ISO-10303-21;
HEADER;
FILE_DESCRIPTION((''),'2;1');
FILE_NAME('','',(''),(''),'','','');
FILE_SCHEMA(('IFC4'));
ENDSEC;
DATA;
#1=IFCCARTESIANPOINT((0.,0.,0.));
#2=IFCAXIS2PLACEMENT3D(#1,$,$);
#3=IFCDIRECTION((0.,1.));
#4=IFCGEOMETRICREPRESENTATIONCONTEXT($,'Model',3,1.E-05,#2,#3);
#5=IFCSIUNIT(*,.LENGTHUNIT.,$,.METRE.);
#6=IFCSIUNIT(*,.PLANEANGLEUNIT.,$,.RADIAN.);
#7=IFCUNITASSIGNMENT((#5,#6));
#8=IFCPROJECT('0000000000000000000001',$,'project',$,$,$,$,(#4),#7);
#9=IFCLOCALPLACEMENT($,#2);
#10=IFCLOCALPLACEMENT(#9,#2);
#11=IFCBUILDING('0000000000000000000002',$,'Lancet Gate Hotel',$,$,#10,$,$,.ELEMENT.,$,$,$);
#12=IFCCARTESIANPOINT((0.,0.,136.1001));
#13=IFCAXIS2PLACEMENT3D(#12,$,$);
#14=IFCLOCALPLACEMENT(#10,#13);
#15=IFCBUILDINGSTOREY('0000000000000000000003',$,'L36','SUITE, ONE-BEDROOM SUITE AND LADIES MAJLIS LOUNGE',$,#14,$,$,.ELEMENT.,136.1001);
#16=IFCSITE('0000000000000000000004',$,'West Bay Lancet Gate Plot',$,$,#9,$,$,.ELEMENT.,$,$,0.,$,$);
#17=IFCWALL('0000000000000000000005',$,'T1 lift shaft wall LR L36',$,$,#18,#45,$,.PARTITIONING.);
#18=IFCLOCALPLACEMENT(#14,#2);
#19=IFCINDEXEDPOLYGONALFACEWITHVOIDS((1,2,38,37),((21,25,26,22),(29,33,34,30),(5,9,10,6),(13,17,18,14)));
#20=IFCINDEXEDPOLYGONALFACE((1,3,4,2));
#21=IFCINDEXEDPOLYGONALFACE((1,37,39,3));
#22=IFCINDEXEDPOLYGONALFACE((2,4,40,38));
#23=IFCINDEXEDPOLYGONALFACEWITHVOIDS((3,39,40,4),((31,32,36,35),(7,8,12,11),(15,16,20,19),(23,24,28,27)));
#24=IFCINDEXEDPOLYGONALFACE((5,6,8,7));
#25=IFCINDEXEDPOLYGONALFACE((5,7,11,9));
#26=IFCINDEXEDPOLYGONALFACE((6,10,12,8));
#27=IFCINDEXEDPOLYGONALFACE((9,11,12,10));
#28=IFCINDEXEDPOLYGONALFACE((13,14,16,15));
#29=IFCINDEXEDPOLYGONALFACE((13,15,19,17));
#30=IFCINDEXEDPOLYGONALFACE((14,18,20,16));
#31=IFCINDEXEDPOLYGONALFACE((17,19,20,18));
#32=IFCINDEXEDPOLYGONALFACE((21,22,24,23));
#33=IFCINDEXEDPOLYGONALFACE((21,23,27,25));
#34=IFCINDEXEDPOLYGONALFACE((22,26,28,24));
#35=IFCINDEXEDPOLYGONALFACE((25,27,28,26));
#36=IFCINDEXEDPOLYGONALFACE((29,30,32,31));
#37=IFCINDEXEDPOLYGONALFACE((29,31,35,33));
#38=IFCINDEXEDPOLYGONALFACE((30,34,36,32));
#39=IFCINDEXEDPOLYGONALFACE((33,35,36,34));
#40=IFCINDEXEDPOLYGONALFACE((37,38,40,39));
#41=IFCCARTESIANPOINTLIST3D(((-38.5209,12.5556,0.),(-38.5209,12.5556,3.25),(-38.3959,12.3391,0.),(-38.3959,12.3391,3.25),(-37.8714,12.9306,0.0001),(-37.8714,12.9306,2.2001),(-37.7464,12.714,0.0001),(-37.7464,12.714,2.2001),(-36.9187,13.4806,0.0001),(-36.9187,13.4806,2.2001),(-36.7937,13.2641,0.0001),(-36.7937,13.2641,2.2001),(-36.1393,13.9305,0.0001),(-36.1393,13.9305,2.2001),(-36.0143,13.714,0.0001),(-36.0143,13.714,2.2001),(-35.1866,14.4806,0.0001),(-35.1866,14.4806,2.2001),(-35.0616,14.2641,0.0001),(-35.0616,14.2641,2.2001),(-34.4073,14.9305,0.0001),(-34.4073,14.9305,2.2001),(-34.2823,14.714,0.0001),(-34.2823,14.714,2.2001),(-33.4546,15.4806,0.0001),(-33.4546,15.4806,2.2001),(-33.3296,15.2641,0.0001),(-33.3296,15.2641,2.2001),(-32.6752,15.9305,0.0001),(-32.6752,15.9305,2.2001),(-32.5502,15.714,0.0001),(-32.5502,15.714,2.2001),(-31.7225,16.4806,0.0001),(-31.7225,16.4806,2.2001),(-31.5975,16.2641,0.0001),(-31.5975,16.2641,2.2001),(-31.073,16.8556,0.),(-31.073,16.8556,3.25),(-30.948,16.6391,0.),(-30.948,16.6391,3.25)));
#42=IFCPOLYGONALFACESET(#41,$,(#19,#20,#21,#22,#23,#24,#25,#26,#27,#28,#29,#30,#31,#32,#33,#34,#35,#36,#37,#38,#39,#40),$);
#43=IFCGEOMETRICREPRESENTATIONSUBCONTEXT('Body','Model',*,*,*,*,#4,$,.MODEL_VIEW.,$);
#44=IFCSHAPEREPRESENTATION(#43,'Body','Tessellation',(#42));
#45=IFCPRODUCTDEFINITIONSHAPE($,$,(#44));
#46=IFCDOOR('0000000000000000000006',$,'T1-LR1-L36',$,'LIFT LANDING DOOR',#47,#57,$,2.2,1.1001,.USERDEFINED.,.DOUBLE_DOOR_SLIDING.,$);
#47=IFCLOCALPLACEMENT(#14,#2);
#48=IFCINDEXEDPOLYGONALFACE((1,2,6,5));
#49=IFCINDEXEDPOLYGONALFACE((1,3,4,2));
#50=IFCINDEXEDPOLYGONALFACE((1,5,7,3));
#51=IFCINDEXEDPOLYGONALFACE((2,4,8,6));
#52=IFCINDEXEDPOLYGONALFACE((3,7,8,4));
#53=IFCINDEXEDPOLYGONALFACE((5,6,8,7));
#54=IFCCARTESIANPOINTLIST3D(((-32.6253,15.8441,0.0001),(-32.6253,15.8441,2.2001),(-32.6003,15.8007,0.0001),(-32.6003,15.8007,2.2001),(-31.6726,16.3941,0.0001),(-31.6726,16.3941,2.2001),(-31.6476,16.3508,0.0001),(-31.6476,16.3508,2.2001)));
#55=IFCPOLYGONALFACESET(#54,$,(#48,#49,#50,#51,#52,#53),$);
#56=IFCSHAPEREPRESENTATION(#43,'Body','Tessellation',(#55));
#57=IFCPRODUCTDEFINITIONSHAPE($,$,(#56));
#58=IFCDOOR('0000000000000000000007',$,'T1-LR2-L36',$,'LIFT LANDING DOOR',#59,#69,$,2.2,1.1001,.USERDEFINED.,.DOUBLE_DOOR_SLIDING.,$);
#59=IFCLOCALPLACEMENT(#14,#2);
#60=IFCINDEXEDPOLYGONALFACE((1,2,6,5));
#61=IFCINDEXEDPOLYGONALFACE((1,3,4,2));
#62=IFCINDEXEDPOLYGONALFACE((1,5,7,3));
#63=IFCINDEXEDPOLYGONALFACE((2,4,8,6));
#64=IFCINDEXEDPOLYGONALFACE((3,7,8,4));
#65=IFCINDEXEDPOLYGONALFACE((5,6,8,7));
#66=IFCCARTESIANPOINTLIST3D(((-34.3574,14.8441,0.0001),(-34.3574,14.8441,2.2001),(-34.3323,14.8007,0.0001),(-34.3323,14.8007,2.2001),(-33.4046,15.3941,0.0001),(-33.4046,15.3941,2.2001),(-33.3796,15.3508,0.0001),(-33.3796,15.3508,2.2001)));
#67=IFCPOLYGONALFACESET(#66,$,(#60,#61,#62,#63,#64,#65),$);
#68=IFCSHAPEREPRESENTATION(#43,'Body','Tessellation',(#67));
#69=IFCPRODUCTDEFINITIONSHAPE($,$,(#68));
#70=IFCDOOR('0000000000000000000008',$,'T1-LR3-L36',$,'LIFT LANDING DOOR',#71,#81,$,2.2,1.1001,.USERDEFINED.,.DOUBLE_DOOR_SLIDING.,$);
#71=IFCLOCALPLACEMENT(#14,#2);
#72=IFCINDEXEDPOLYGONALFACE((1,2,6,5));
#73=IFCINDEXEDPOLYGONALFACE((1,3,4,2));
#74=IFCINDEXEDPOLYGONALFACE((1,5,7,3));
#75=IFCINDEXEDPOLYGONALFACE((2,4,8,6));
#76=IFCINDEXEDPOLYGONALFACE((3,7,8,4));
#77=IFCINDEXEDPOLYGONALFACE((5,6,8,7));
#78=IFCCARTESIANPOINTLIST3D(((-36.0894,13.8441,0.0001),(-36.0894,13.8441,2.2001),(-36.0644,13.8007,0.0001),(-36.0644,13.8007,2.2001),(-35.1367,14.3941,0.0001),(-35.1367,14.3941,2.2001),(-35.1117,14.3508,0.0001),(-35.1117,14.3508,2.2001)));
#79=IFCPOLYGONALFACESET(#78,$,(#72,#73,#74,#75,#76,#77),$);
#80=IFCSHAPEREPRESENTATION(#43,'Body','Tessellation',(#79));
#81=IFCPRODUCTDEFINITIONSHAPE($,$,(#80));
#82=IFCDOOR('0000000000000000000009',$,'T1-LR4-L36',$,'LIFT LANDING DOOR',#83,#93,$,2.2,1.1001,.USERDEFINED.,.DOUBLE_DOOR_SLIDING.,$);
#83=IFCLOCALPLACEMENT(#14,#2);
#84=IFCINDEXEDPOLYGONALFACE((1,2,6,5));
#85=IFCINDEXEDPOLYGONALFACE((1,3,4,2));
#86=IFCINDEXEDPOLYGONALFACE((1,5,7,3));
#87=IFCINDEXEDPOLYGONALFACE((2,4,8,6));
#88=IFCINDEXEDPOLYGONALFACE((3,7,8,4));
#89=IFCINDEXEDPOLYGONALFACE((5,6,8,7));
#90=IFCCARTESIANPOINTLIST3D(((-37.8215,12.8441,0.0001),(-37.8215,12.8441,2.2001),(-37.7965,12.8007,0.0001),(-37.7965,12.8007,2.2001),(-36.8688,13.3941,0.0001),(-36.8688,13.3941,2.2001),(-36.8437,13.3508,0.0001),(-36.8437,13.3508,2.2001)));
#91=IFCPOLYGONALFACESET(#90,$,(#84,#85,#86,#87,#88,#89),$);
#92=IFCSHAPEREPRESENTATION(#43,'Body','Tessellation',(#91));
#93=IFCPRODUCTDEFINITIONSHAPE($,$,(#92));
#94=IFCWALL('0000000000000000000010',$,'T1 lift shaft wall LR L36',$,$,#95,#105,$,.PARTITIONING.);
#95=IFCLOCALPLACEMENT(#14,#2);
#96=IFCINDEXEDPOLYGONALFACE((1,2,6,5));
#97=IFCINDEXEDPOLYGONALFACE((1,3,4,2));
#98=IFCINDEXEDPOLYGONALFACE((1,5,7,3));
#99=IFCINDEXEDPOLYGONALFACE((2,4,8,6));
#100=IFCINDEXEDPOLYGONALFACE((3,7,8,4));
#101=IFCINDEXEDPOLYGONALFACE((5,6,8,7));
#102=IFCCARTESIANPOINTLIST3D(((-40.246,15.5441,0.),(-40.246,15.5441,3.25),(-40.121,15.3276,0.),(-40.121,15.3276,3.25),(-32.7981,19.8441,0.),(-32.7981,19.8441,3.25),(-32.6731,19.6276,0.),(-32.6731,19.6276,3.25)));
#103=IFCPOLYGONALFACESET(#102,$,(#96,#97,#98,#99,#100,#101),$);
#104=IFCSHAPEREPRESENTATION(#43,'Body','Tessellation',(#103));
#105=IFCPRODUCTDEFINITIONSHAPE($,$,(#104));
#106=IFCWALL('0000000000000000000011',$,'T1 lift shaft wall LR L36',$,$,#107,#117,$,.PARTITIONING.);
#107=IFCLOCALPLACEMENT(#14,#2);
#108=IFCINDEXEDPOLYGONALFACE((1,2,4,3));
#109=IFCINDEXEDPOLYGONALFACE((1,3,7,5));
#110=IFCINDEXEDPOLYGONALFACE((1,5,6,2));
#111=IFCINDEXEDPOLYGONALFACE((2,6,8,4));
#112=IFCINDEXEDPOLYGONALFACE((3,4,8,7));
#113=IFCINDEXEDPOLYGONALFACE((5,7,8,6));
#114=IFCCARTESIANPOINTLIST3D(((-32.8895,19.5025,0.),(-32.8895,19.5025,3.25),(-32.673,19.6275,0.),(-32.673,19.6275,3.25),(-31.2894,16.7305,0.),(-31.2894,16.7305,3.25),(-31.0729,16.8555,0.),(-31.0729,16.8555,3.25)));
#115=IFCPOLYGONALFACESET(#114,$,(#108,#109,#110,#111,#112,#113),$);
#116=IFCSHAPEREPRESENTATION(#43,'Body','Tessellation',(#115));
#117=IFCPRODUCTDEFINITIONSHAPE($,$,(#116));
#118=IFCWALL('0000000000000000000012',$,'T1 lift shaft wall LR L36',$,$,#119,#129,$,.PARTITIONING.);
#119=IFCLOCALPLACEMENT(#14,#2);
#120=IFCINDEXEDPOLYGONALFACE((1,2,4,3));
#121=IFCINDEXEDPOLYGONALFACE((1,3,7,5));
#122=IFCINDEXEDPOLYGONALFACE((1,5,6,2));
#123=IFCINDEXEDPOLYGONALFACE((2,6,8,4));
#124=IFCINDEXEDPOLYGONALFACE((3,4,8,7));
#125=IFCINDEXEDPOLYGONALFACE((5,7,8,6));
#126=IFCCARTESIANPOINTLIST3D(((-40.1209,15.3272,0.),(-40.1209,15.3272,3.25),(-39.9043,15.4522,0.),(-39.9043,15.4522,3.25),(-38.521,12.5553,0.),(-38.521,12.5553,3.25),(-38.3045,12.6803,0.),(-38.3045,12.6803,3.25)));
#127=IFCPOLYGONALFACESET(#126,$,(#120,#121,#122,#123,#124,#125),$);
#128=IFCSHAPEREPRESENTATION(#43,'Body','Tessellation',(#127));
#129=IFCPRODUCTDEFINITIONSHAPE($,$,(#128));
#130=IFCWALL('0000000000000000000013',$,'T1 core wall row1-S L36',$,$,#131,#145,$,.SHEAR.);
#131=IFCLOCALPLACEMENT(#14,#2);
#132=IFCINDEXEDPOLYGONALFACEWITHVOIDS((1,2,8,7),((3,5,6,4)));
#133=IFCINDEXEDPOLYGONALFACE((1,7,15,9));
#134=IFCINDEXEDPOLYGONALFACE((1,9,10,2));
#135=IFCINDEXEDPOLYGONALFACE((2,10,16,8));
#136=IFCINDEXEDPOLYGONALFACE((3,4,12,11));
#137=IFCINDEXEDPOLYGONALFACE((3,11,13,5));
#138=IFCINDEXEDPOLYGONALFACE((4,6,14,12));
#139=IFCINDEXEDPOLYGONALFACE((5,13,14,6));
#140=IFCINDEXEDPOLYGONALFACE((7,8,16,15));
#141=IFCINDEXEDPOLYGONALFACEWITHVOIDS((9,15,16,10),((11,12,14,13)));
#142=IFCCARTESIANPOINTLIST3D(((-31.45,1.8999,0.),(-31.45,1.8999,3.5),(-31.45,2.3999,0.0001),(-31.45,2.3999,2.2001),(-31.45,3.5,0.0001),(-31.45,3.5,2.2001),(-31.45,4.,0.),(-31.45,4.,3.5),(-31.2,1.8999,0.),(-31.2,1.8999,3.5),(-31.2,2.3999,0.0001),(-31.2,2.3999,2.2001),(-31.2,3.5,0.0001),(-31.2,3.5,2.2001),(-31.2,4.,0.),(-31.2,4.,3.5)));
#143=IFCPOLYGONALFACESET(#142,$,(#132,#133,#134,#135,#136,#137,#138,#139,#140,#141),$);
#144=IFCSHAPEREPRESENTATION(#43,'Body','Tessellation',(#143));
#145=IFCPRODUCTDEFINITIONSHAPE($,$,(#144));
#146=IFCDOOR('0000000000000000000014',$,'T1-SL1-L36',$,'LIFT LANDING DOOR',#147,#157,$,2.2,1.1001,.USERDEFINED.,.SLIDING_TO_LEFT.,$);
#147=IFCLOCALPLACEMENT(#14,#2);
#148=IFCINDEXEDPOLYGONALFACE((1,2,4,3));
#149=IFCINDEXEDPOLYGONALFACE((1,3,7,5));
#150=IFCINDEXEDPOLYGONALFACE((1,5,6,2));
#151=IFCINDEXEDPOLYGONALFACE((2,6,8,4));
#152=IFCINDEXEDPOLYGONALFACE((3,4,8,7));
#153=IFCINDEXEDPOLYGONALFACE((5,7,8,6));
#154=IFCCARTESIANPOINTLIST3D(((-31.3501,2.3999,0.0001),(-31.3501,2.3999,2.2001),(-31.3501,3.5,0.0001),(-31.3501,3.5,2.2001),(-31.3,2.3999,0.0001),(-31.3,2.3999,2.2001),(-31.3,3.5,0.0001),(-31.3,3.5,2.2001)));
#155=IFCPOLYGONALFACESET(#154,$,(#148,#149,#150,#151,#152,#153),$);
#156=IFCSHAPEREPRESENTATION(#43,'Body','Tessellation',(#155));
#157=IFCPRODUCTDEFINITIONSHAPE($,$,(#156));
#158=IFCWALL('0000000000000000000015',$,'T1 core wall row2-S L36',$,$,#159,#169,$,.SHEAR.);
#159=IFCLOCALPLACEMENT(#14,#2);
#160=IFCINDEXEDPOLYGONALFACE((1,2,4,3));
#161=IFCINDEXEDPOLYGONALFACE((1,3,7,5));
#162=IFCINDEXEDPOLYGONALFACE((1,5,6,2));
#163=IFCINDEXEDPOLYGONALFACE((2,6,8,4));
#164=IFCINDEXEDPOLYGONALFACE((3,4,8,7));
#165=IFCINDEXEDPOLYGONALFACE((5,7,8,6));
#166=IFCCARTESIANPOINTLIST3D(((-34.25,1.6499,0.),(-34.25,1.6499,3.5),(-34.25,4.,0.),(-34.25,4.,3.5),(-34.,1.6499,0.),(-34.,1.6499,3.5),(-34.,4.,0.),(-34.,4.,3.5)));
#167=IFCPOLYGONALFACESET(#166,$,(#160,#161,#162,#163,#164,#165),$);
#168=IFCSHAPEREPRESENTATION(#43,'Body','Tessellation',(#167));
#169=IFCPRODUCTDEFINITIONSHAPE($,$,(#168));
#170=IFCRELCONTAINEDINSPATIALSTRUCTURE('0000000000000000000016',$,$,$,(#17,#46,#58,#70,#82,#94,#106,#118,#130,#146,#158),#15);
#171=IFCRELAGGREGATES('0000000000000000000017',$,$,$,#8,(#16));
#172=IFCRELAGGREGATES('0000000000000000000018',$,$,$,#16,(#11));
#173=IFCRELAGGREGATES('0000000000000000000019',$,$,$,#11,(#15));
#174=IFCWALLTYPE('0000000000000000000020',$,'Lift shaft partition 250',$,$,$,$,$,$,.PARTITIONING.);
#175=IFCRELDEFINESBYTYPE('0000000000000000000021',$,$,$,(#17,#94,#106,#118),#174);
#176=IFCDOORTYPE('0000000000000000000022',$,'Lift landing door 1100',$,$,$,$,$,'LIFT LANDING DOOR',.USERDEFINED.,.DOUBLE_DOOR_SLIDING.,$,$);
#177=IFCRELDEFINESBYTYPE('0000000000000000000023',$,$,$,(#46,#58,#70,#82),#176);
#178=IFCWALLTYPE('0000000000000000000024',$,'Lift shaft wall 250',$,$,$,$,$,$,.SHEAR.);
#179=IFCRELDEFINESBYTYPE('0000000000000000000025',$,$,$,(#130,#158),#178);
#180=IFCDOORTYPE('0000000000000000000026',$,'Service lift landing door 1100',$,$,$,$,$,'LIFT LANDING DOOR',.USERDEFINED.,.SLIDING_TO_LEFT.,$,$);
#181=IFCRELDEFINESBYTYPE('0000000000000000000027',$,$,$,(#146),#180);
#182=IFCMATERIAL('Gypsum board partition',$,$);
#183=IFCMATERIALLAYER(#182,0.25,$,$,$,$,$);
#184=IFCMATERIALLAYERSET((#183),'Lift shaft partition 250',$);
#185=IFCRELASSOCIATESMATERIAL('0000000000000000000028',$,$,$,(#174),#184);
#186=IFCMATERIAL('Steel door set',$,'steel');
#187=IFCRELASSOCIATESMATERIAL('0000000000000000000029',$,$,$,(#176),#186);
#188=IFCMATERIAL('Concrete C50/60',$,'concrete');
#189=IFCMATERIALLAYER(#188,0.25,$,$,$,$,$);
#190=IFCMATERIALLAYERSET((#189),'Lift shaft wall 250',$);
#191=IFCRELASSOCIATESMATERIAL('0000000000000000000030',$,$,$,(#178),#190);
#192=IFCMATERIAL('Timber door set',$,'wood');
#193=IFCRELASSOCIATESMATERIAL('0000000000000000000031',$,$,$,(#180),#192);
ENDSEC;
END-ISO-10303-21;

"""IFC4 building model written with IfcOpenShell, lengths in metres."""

from ifc_helpers import new_model, si_unit, direction, frame, frame_2d, origin, place, context, subcontext, project, spatial, rectangle, extrude, material, layer, layer_set, type_object, element, fill, save


model = new_model("IFC4")

# Units and contexts
model_context = context("Model", 3, precision=1e-05, world=origin(), true_north=direction((0.0, 1.0)))
body_context = subcontext(model_context, "Body", "Model", "MODEL_VIEW")
ifc_project = project(units=[si_unit("LENGTHUNIT", "METRE"), si_unit("PLANEANGLEUNIT", "RADIAN")], contexts=[model_context])

# Site, building, storey
site_placement = place(None, origin())
site = spatial("IfcSite", under=ifc_project, at=site_placement, Name="West Bay Lancet Gate Plot", CompositionType="ELEMENT", RefElevation=0.0)
building_placement = place(site_placement, origin())
building = spatial("IfcBuilding", under=site, at=building_placement, Name="Lancet Gate Hotel", CompositionType="ELEMENT")
storey_placement = place(building_placement, frame((0.0, 0.0, 136.1001)))
storey = spatial("IfcBuildingStorey", under=building, at=storey_placement, Name="L36", Description="SUITE, ONE-BEDROOM SUITE AND LADIES MAJLIS LOUNGE", CompositionType="ELEMENT", Elevation=136.1001)

# Wall, openings, doors
ifc_material_1 = material(Name="Gypsum board partition")
ifc_layer_1 = layer(ifc_material_1, 0.25)
ifc_layer_set_1 = layer_set([ifc_layer_1], Name="Lift shaft partition 250")
wall_type_1 = type_object("IfcWallType", Name="Lift shaft partition 250", PredefinedType="PARTITIONING", material=ifc_layer_set_1)
wall_1_placement = place(storey_placement, frame((-31.0105, 16.7473, 0.0), z_axis=(0.0, 0.0, 1.0), x_axis=(-0.866028, -0.499995, 0.0)))
wall_1 = element("IfcWall", 1, at=wall_1_placement, inside=storey, type_object=wall_type_1, Name="T1 lift shaft wall LR L36", PredefinedType="PARTITIONING", context=body_context, shape_type="SweptSolid", body=[
    extrude(rectangle(XDim=8.6001, YDim=0.25, at=frame_2d((4.3, 0.0))), origin(), (0.0, 0.0, 1.0), 3.25),
])
opening_1_placement = place(wall_1_placement, frame((0.75, 0.0, 0.0)))
opening_1 = element("IfcOpeningElement", 2, at=opening_1_placement, cuts=wall_1, PredefinedType="OPENING", context=body_context, shape_type="SweptSolid", body=[
    extrude(rectangle(XDim=1.1001, YDim=2.2, at=frame_2d((0.55, 1.1001))), frame((0.0, 0.135, 0.0), z_axis=(0.0, -1.0, 0.0), x_axis=(1.0, 0.0, 0.0)), (0.0, 0.0, 1.0), 0.27),
])
opening_2_placement = place(wall_1_placement, frame((2.75, 0.0, 0.0)))
opening_2 = element("IfcOpeningElement", 3, at=opening_2_placement, cuts=wall_1, PredefinedType="OPENING", context=body_context, shape_type="SweptSolid", body=[
    extrude(rectangle(XDim=1.1001, YDim=2.2, at=frame_2d((0.55, 1.1001))), frame((0.0, 0.135, 0.0), z_axis=(0.0, -1.0, 0.0), x_axis=(1.0, 0.0, 0.0)), (0.0, 0.0, 1.0), 0.27),
])
opening_3_placement = place(wall_1_placement, frame((4.75, 0.0, 0.0)))
opening_3 = element("IfcOpeningElement", 4, at=opening_3_placement, cuts=wall_1, PredefinedType="OPENING", context=body_context, shape_type="SweptSolid", body=[
    extrude(rectangle(XDim=1.1001, YDim=2.2, at=frame_2d((0.55, 1.1001))), frame((0.0, 0.135, 0.0), z_axis=(0.0, -1.0, 0.0), x_axis=(1.0, 0.0, 0.0)), (0.0, 0.0, 1.0), 0.27),
])
opening_4_placement = place(wall_1_placement, frame((6.75, 0.0, 0.0)))
opening_4 = element("IfcOpeningElement", 5, at=opening_4_placement, cuts=wall_1, PredefinedType="OPENING", context=body_context, shape_type="SweptSolid", body=[
    extrude(rectangle(XDim=1.1001, YDim=2.2, at=frame_2d((0.55, 1.1001))), frame((0.0, 0.135, 0.0), z_axis=(0.0, -1.0, 0.0), x_axis=(1.0, 0.0, 0.0)), (0.0, 0.0, 1.0), 0.27),
])
ifc_material_2 = material(Name="Steel door set", Category="steel")
door_type_1 = type_object("IfcDoorType", Name="Lift landing door 1100", ElementType="LIFT LANDING DOOR", OperationType="DOUBLE_DOOR_SLIDING", PredefinedType="USERDEFINED", material=ifc_material_2)
door_1_placement = place(opening_1_placement, origin())
door_1 = element("IfcDoor", 6, at=door_1_placement, inside=storey, type_object=door_type_1, Name="T1-LR1-L36", ObjectType="LIFT LANDING DOOR", OperationType="DOUBLE_DOOR_SLIDING", OverallHeight=2.2, OverallWidth=1.1001, PredefinedType="USERDEFINED", context=body_context, shape_type="SweptSolid", body=[
    extrude(rectangle(XDim=1.1001, YDim=2.2, at=frame_2d((0.55, 1.1001))), frame((0.0, 0.0249, 0.0), z_axis=(0.0, -1.0, 0.0), x_axis=(1.0, 0.0, 0.0)), (0.0, 0.0, 1.0), 0.05),
])
fill(opening_1, door_1)
door_2_placement = place(opening_2_placement, origin())
door_2 = element("IfcDoor", 7, at=door_2_placement, inside=storey, type_object=door_type_1, Name="T1-LR2-L36", ObjectType="LIFT LANDING DOOR", OperationType="DOUBLE_DOOR_SLIDING", OverallHeight=2.2, OverallWidth=1.1001, PredefinedType="USERDEFINED", context=body_context, shape_type="SweptSolid", body=[
    extrude(rectangle(XDim=1.1001, YDim=2.2, at=frame_2d((0.55, 1.1001))), frame((0.0, 0.0249, 0.0), z_axis=(0.0, -1.0, 0.0), x_axis=(1.0, 0.0, 0.0)), (0.0, 0.0, 1.0), 0.05),
])
fill(opening_2, door_2)
door_3_placement = place(opening_3_placement, origin())
door_3 = element("IfcDoor", 8, at=door_3_placement, inside=storey, type_object=door_type_1, Name="T1-LR3-L36", ObjectType="LIFT LANDING DOOR", OperationType="DOUBLE_DOOR_SLIDING", OverallHeight=2.2, OverallWidth=1.1001, PredefinedType="USERDEFINED", context=body_context, shape_type="SweptSolid", body=[
    extrude(rectangle(XDim=1.1001, YDim=2.2, at=frame_2d((0.55, 1.1001))), frame((0.0, 0.0249, 0.0), z_axis=(0.0, -1.0, 0.0), x_axis=(1.0, 0.0, 0.0)), (0.0, 0.0, 1.0), 0.05),
])
fill(opening_3, door_3)
door_4_placement = place(opening_4_placement, origin())
door_4 = element("IfcDoor", 9, at=door_4_placement, inside=storey, type_object=door_type_1, Name="T1-LR4-L36", ObjectType="LIFT LANDING DOOR", OperationType="DOUBLE_DOOR_SLIDING", OverallHeight=2.2, OverallWidth=1.1001, PredefinedType="USERDEFINED", context=body_context, shape_type="SweptSolid", body=[
    extrude(rectangle(XDim=1.1001, YDim=2.2, at=frame_2d((0.55, 1.1001))), frame((0.0, 0.0249, 0.0), z_axis=(0.0, -1.0, 0.0), x_axis=(1.0, 0.0, 0.0)), (0.0, 0.0, 1.0), 0.05),
])
fill(opening_4, door_4)

# Walls
wall_2_placement = place(storey_placement, frame((-32.7356, 19.7358, 0.0), z_axis=(0.0, 0.0, 1.0), x_axis=(-0.866028, -0.499995, 0.0)))
element("IfcWall", 10, at=wall_2_placement, inside=storey, type_object=wall_type_1, Name="T1 lift shaft wall LR L36", PredefinedType="PARTITIONING", context=body_context, shape_type="SweptSolid", body=[
    extrude(rectangle(XDim=8.6001, YDim=0.25, at=frame_2d((4.3, 0.0))), origin(), (0.0, 0.0, 1.0), 3.25),
])
wall_3_placement = place(storey_placement, frame((-31.1812, 16.793, 0.0), z_axis=(0.0, 0.0, 1.0), x_axis=(-0.499929, 0.866066, 0.0)))
element("IfcWall", 11, at=wall_3_placement, inside=storey, type_object=wall_type_1, Name="T1 lift shaft wall LR L36", PredefinedType="PARTITIONING", context=body_context, shape_type="SweptSolid", body=[
    extrude(rectangle(XDim=3.2007, YDim=0.25, at=frame_2d((1.6003, 0.0))), origin(), (0.0, 0.0, 1.0), 3.25),
])
wall_4_placement = place(storey_placement, frame((-38.4128, 12.6179, 0.0), z_axis=(0.0, 0.0, 1.0), x_axis=(-0.499872, 0.866099, 0.0)))
element("IfcWall", 12, at=wall_4_placement, inside=storey, type_object=wall_type_1, Name="T1 lift shaft wall LR L36", PredefinedType="PARTITIONING", context=body_context, shape_type="SweptSolid", body=[
    extrude(rectangle(XDim=3.2004, YDim=0.25, at=frame_2d((1.6001, 0.0))), origin(), (0.0, 0.0, 1.0), 3.25),
])

# Wall, opening, door
ifc_material_3 = material(Name="Concrete C50/60", Category="concrete")
ifc_layer_2 = layer(ifc_material_3, 0.25)
ifc_layer_set_2 = layer_set([ifc_layer_2], Name="Lift shaft wall 250")
wall_type_2 = type_object("IfcWallType", Name="Lift shaft wall 250", PredefinedType="SHEAR", material=ifc_layer_set_2)
wall_5_placement = place(storey_placement, frame((-31.325, 4.0, 0.0), z_axis=(0.0, 0.0, 1.0), x_axis=(0.0, -1.0, 0.0)))
wall_5 = element("IfcWall", 13, at=wall_5_placement, inside=storey, type_object=wall_type_2, Name="T1 core wall row1-S L36", PredefinedType="SHEAR", context=body_context, shape_type="SweptSolid", body=[
    extrude(rectangle(XDim=2.1001, YDim=0.25, at=frame_2d((1.05, 0.0))), origin(), (0.0, 0.0, 1.0), 3.5),
])
opening_5_placement = place(wall_5_placement, frame((0.5, 0.0, 0.0)))
opening_5 = element("IfcOpeningElement", 14, at=opening_5_placement, cuts=wall_5, PredefinedType="OPENING", context=body_context, shape_type="SweptSolid", body=[
    extrude(rectangle(XDim=1.1001, YDim=2.2, at=frame_2d((0.55, 1.1001))), frame((0.0, 0.135, 0.0), z_axis=(0.0, -1.0, 0.0), x_axis=(1.0, 0.0, 0.0)), (0.0, 0.0, 1.0), 0.27),
])
ifc_material_4 = material(Name="Timber door set", Category="wood")
door_type_2 = type_object("IfcDoorType", Name="Service lift landing door 1100", ElementType="LIFT LANDING DOOR", OperationType="SLIDING_TO_LEFT", PredefinedType="USERDEFINED", material=ifc_material_4)
door_5_placement = place(opening_5_placement, origin())
door_5 = element("IfcDoor", 15, at=door_5_placement, inside=storey, type_object=door_type_2, Name="T1-SL1-L36", ObjectType="LIFT LANDING DOOR", OperationType="SLIDING_TO_LEFT", OverallHeight=2.2, OverallWidth=1.1001, PredefinedType="USERDEFINED", context=body_context, shape_type="SweptSolid", body=[
    extrude(rectangle(XDim=1.1001, YDim=2.2, at=frame_2d((0.55, 1.1001))), frame((0.0, 0.0249, 0.0), z_axis=(0.0, -1.0, 0.0), x_axis=(1.0, 0.0, 0.0)), (0.0, 0.0, 1.0), 0.05),
])
fill(opening_5, door_5)

# Wall
wall_6_placement = place(storey_placement, frame((-34.125, 4.0, 0.0), z_axis=(0.0, 0.0, 1.0), x_axis=(0.0, -1.0, 0.0)))
element("IfcWall", 16, at=wall_6_placement, inside=storey, type_object=wall_type_2, Name="T1 core wall row2-S L36", PredefinedType="SHEAR", context=body_context, shape_type="SweptSolid", body=[
    extrude(rectangle(XDim=2.3501, YDim=0.25, at=frame_2d((1.175, 0.0))), origin(), (0.0, 0.0, 1.0), 3.5),
])

save(model, "model.ifc")
